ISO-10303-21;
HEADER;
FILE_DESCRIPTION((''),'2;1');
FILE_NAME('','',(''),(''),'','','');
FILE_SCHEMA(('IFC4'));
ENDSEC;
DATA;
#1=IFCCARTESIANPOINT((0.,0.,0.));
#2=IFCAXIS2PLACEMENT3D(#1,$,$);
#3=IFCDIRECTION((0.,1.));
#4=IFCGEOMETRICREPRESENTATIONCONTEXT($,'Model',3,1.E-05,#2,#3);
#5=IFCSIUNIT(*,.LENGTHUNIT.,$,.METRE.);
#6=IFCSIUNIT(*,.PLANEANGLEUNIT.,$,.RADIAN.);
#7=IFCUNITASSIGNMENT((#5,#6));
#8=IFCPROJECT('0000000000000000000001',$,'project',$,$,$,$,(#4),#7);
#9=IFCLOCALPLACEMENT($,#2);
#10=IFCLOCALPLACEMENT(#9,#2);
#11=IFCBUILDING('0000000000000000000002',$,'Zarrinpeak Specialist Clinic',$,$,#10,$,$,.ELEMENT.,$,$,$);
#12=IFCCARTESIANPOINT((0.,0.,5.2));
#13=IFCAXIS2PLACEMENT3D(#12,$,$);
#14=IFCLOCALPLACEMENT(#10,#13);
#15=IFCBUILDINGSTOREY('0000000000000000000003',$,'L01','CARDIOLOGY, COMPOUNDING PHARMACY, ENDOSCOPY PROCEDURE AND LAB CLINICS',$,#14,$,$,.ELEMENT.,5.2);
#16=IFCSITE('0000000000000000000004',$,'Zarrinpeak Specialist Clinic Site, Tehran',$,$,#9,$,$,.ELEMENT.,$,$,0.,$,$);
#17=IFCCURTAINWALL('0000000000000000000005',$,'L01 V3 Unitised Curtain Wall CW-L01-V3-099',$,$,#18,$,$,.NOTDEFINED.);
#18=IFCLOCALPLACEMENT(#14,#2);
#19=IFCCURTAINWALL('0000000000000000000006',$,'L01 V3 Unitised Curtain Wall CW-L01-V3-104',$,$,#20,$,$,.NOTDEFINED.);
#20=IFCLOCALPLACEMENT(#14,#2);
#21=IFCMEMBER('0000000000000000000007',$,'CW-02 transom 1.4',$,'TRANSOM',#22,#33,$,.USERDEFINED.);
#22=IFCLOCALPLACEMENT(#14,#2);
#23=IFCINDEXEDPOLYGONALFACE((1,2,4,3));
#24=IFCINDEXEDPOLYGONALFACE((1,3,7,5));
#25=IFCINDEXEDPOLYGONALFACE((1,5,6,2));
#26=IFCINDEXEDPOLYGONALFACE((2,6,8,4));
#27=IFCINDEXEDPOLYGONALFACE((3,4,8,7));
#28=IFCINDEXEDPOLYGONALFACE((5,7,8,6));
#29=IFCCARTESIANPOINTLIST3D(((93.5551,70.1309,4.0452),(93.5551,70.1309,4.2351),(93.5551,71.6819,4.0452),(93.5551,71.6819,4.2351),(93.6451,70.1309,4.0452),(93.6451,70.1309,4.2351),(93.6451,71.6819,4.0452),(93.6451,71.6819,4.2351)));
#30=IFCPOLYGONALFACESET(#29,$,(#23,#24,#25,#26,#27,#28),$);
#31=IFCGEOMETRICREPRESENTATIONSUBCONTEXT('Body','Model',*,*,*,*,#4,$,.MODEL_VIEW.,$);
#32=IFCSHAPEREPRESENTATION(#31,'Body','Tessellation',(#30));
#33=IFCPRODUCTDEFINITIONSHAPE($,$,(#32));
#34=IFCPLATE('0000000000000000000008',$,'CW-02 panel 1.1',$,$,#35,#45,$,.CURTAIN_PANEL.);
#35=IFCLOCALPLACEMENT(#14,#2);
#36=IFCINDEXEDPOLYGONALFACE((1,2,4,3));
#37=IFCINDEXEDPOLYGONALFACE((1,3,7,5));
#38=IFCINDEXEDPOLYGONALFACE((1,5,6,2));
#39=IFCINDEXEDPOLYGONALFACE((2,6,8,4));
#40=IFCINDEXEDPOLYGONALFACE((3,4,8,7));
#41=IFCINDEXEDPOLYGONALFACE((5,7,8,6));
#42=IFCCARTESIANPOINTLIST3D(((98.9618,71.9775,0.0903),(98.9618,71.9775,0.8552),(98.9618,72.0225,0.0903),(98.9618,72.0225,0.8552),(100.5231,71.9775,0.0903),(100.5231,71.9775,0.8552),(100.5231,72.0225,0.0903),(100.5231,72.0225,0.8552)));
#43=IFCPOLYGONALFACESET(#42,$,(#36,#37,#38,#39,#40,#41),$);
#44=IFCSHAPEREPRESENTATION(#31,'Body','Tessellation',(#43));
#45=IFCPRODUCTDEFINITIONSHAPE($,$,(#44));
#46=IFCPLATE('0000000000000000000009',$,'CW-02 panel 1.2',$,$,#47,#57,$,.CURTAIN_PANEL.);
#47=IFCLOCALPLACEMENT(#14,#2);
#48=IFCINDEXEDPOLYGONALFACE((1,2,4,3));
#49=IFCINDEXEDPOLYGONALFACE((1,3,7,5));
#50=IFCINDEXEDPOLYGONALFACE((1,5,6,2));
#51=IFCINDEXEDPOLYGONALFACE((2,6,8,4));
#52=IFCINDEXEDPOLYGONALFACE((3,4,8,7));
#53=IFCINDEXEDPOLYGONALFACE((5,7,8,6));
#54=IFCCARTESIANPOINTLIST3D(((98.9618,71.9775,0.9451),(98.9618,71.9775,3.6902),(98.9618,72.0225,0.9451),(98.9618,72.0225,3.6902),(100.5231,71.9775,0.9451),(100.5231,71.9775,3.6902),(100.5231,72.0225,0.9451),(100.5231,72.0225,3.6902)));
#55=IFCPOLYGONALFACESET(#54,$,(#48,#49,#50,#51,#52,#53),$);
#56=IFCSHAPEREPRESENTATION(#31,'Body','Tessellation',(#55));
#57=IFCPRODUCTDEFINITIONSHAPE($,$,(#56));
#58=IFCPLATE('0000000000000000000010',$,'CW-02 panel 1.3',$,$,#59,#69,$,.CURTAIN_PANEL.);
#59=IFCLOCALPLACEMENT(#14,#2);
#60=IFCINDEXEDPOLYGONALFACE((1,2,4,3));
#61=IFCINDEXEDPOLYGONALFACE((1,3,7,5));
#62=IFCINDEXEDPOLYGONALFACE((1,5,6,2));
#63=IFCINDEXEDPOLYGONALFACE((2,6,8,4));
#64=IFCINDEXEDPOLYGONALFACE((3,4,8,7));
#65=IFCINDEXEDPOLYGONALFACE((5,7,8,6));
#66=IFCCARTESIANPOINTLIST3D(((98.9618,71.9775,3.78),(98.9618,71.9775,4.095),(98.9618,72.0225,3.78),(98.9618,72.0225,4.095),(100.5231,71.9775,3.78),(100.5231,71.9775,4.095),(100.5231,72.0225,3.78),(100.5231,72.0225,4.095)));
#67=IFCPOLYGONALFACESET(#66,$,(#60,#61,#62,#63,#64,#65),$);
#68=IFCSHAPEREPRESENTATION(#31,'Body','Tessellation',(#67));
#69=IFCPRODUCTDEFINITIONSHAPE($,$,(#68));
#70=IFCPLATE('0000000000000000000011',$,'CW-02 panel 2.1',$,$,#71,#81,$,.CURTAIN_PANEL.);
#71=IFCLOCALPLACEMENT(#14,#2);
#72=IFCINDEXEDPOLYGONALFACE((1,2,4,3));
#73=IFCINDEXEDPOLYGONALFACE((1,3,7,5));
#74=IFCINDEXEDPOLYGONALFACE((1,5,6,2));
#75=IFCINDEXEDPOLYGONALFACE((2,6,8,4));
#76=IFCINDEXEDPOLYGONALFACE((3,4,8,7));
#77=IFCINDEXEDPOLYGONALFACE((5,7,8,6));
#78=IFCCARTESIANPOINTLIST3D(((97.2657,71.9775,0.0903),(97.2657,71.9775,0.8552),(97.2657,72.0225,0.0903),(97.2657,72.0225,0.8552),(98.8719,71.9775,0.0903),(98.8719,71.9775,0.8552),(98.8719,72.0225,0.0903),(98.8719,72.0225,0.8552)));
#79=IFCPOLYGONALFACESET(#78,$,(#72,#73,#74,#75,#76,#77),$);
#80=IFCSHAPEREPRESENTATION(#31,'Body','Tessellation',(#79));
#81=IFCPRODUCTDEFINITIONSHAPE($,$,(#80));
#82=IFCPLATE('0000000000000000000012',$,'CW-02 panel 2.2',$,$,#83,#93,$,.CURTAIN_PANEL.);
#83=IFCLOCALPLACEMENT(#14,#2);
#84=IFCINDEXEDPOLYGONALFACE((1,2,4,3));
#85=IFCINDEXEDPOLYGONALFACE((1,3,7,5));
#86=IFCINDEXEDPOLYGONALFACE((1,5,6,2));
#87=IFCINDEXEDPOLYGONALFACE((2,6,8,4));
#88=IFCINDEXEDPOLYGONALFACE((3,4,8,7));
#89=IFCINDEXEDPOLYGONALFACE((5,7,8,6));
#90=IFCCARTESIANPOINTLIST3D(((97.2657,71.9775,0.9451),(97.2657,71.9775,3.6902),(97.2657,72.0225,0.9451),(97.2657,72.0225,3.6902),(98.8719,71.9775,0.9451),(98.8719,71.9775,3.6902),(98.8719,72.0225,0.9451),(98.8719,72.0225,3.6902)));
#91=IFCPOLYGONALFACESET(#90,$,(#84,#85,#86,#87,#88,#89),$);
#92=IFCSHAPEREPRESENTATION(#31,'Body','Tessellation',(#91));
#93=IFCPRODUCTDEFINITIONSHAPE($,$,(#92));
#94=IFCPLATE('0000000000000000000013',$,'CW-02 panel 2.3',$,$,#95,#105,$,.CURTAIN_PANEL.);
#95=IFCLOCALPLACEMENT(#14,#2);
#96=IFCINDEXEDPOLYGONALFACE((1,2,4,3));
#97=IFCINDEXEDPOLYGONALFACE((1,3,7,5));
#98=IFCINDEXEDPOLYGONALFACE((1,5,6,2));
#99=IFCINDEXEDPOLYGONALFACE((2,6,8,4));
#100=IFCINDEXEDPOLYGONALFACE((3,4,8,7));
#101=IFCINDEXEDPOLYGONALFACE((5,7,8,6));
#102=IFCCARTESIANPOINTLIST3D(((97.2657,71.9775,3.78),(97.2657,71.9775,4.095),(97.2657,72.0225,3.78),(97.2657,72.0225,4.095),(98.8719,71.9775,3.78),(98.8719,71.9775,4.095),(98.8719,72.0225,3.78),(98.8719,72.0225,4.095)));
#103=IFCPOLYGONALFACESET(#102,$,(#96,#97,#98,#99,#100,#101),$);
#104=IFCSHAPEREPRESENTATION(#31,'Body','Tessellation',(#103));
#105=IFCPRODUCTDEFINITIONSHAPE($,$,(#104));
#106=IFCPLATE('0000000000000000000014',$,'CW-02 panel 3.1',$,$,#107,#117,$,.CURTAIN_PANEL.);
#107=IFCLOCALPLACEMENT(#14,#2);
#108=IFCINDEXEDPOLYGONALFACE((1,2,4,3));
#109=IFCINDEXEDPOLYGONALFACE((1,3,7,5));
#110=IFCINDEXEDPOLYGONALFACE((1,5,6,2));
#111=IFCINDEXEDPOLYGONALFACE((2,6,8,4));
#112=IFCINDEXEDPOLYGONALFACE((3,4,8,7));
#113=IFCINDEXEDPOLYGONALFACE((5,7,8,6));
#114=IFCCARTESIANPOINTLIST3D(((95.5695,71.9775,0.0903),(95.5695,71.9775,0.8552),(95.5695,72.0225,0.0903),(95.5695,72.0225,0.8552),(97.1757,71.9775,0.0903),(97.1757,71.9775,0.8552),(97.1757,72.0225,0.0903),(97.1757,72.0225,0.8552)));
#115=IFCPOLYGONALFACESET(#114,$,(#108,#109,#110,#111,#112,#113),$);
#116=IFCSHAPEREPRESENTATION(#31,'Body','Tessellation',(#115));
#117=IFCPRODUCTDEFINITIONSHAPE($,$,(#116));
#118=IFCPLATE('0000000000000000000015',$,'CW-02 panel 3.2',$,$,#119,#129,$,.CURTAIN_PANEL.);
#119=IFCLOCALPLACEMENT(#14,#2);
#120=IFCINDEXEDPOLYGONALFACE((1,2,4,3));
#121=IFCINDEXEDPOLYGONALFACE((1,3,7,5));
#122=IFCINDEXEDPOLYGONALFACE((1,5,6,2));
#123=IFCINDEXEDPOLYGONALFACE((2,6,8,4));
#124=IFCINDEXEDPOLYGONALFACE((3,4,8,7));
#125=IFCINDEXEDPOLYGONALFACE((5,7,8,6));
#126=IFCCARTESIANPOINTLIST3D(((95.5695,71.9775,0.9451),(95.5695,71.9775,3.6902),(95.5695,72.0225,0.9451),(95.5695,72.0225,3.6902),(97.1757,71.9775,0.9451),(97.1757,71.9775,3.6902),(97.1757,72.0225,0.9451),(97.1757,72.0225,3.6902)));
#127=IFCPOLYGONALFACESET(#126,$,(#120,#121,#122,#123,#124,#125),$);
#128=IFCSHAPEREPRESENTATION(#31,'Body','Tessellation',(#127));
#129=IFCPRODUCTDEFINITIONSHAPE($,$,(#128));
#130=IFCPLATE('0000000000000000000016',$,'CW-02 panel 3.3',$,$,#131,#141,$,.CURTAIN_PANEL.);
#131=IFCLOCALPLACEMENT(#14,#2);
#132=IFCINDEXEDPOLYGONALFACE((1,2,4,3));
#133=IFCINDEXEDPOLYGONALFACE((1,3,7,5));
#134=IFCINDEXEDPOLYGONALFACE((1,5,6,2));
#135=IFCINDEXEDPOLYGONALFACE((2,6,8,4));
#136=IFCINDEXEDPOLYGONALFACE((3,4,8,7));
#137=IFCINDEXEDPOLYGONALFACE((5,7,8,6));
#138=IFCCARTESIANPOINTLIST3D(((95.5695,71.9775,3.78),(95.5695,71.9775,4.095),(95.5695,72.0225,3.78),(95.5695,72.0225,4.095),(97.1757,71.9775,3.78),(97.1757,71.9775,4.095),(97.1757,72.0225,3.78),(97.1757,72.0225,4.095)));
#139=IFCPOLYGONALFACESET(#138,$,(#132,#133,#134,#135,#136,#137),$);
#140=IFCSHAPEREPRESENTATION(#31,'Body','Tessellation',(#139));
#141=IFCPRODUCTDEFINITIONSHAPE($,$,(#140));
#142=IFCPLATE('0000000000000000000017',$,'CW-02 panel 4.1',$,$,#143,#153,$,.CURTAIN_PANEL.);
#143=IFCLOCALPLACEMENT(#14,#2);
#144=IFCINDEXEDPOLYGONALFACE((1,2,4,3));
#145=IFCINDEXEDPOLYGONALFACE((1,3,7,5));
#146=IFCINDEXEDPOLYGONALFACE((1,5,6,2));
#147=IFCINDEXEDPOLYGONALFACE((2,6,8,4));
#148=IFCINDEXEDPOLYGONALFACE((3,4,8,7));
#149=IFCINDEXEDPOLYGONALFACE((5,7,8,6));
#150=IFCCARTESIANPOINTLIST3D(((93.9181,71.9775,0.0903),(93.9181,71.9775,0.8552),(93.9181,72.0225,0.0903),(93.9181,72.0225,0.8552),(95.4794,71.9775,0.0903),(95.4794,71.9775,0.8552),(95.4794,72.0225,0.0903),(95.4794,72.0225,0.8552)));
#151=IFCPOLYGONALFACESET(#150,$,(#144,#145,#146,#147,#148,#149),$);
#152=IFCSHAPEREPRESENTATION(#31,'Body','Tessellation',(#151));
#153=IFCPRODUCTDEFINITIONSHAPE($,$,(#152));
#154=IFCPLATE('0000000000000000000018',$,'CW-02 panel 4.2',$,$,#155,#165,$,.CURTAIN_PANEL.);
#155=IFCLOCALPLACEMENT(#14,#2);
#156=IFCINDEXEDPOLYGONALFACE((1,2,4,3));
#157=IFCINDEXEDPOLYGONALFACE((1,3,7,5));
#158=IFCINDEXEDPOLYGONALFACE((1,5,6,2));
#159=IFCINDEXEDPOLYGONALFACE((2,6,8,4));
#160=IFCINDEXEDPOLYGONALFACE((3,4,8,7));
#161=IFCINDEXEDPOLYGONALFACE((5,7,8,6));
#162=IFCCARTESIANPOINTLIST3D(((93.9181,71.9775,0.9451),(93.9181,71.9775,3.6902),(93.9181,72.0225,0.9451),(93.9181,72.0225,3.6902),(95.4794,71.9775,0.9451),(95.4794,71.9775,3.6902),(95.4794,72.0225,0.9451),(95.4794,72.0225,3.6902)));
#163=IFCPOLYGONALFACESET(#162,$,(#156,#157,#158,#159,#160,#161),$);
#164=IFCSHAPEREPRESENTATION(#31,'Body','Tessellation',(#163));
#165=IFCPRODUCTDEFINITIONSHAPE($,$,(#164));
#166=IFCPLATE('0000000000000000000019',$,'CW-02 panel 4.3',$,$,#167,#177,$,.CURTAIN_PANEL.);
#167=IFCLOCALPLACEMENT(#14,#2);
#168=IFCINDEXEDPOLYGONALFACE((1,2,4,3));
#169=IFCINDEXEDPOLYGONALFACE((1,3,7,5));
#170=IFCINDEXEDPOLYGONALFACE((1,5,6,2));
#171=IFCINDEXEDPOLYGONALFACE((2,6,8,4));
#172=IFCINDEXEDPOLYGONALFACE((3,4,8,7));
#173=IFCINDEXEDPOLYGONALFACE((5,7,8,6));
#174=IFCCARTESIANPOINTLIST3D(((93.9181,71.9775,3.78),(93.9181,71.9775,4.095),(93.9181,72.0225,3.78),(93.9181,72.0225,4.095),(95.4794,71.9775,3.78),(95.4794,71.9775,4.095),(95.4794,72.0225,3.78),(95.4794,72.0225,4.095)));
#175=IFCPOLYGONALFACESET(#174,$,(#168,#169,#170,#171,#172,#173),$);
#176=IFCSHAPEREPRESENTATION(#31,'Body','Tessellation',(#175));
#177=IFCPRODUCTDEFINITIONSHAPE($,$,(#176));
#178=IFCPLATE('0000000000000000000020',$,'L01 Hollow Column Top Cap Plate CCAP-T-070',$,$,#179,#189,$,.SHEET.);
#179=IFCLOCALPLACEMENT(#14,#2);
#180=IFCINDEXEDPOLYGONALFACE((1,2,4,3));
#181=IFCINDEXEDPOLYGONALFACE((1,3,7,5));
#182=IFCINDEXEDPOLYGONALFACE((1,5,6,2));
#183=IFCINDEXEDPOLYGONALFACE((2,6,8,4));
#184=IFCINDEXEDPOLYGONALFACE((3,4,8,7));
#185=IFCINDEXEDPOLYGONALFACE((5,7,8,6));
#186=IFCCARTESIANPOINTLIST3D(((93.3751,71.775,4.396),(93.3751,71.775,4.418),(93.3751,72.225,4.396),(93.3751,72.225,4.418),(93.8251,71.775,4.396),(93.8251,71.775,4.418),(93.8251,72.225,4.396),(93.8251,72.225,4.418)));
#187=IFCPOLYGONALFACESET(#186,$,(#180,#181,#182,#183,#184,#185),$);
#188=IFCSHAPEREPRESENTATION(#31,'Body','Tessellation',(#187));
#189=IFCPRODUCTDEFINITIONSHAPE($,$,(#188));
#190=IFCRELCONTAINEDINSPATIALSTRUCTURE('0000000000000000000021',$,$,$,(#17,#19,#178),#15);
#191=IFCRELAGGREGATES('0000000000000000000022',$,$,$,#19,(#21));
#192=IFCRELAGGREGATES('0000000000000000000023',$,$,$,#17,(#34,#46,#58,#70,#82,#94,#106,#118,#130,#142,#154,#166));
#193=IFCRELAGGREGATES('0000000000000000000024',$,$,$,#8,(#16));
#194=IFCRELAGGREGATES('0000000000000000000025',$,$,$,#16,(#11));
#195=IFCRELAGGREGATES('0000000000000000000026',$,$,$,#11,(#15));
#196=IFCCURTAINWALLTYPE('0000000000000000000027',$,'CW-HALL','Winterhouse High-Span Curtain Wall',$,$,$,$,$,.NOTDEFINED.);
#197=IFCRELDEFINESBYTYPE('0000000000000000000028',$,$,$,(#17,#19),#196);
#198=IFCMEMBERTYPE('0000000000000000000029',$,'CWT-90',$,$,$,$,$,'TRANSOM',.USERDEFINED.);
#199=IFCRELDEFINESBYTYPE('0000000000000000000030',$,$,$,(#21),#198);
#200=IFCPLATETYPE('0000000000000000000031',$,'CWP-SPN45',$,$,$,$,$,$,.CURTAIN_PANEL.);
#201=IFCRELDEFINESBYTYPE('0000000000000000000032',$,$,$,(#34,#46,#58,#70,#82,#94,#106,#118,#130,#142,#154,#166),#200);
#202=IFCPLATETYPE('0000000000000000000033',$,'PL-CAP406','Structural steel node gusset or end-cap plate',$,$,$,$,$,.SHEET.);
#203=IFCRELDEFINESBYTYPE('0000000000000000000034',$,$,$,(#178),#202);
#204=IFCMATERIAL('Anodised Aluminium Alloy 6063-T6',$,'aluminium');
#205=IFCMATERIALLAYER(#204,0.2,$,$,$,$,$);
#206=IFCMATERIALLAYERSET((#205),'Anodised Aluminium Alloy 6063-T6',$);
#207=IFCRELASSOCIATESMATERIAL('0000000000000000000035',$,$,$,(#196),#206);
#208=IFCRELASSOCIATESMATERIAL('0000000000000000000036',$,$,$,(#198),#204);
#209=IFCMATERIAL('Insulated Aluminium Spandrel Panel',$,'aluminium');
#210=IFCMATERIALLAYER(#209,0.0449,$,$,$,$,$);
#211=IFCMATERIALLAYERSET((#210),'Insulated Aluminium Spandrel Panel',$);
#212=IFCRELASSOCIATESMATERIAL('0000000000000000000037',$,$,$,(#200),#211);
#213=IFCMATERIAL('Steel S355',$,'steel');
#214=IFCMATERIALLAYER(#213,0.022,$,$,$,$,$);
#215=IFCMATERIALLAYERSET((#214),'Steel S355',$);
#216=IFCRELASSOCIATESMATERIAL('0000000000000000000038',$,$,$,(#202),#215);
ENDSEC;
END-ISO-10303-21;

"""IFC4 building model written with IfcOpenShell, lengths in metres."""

from ifc_helpers import new_model, si_unit, direction, frame, origin, origin_2d, place, context, subcontext, project, spatial, rectangle, extrude, material, layer, layer_set, material_profile, profile_set, type_object, element, aggregate, save


model = new_model("IFC4")

# Units and contexts
model_context = context("Model", 3, precision=1e-05, world=origin(), true_north=direction((0.0, 1.0)))
body_context = subcontext(model_context, "Body", "Model", "MODEL_VIEW")
ifc_project = project(units=[si_unit("LENGTHUNIT", "METRE"), si_unit("PLANEANGLEUNIT", "RADIAN")], contexts=[model_context])

# Site, building, storey
site_placement = place(None, origin())
site = spatial("IfcSite", under=ifc_project, at=site_placement, Name="Zarrinpeak Specialist Clinic Site, Tehran", CompositionType="ELEMENT", RefElevation=0.0)
building_placement = place(site_placement, origin())
building = spatial("IfcBuilding", under=site, at=building_placement, Name="Zarrinpeak Specialist Clinic", CompositionType="ELEMENT")
storey_placement = place(building_placement, frame((0.0, 0.0, 5.2)))
storey = spatial("IfcBuildingStorey", under=building, at=storey_placement, Name="L01", Description="CARDIOLOGY, COMPOUNDING PHARMACY, ENDOSCOPY PROCEDURE AND LAB CLINICS", CompositionType="ELEMENT", Elevation=5.2)

# Shared definitions
ifc_material_1 = material(Name="Steel S355", Category="steel")

# Curtain wall
ifc_material_2 = material(Name="Anodised Aluminium Alloy 6063-T6", Category="aluminium")
ifc_layer_1 = layer(ifc_material_2, 0.2)
ifc_layer_set_1 = layer_set([ifc_layer_1], Name="Anodised Aluminium Alloy 6063-T6")
curtain_wall_type = type_object("IfcCurtainWallType", Name="CW-HALL", Description="Winterhouse High-Span Curtain Wall", PredefinedType="NOTDEFINED", material=ifc_layer_set_1)
curtain_wall_1_placement = place(storey_placement, origin())
curtain_wall_1 = element("IfcCurtainWall", 1, at=curtain_wall_1_placement, inside=storey, type_object=curtain_wall_type, Name="L01 V3 Unitised Curtain Wall CW-L01-V3-099", PredefinedType="NOTDEFINED")

# Curtain wall
curtain_wall_2_placement = place(storey_placement, origin())
curtain_wall_2 = element("IfcCurtainWall", 2, at=curtain_wall_2_placement, inside=storey, type_object=curtain_wall_type, Name="L01 V3 Unitised Curtain Wall CW-L01-V3-104", PredefinedType="NOTDEFINED")

# Member
ifc_material_profile_1 = material_profile(ifc_material_2, rectangle(XDim=0.0901, YDim=0.1899, at=origin_2d()), Name="ALU 90x190")
ifc_profile_set_1 = profile_set([ifc_material_profile_1], Name="Anodised Aluminium Alloy 6063-T6")
member_type_1 = type_object("IfcMemberType", Name="CWT-90", ElementType="TRANSOM", PredefinedType="USERDEFINED", material=ifc_profile_set_1)
member_1_placement = place(storey_placement, frame((93.6001, 71.6819, 4.1401), z_axis=(0.0, -1.0, 0.0), x_axis=(1.0, 0.0, 0.0)))
member_1 = element("IfcMember", 3, at=member_1_placement, type_object=member_type_1, Name="CW-02 transom 1.4", ObjectType="TRANSOM", PredefinedType="USERDEFINED", context=body_context, shape_type="SweptSolid", body=[
    extrude(rectangle(XDim=0.0901, YDim=0.1899, at=origin_2d()), origin(), (0.0, 0.0, 1.0), 1.551),
])
aggregate(curtain_wall_2, [member_1])

# Plates
ifc_material_3 = material(Name="Insulated Aluminium Spandrel Panel", Category="aluminium")
ifc_layer_2 = layer(ifc_material_3, 0.0449)
ifc_layer_set_2 = layer_set([ifc_layer_2], Name="Insulated Aluminium Spandrel Panel")
plate_type_1 = type_object("IfcPlateType", Name="CWP-SPN45", PredefinedType="CURTAIN_PANEL", material=ifc_layer_set_2)
plate_1_placement = place(storey_placement, frame((99.7424, 72.0, 0.0903), z_axis=(0.0, 0.0, 1.0), x_axis=(-1.0, 0.0, 0.0)))
plate_1 = element("IfcPlate", 4, at=plate_1_placement, type_object=plate_type_1, Name="CW-02 panel 1.1", PredefinedType="CURTAIN_PANEL", context=body_context, shape_type="SweptSolid", body=[
    extrude(rectangle(XDim=1.5613, YDim=0.0449, at=origin_2d()), origin(), (0.0, 0.0, 1.0), 0.7649),
])
plate_2_placement = place(storey_placement, frame((99.7424, 72.0, 0.9451), z_axis=(0.0, 0.0, 1.0), x_axis=(-1.0, 0.0, 0.0)))
plate_2 = element("IfcPlate", 5, at=plate_2_placement, type_object=plate_type_1, Name="CW-02 panel 1.2", PredefinedType="CURTAIN_PANEL", context=body_context, shape_type="SweptSolid", body=[
    extrude(rectangle(XDim=1.5613, YDim=0.0449, at=origin_2d()), origin(), (0.0, 0.0, 1.0), 2.7451),
])
plate_3_placement = place(storey_placement, frame((99.7424, 72.0, 3.78), z_axis=(0.0, 0.0, 1.0), x_axis=(-1.0, 0.0, 0.0)))
plate_3 = element("IfcPlate", 6, at=plate_3_placement, type_object=plate_type_1, Name="CW-02 panel 1.3", PredefinedType="CURTAIN_PANEL", context=body_context, shape_type="SweptSolid", body=[
    extrude(rectangle(XDim=1.5613, YDim=0.0449, at=origin_2d()), origin(), (0.0, 0.0, 1.0), 0.3149),
])
plate_4_placement = place(storey_placement, frame((98.0688, 72.0, 0.0903), z_axis=(0.0, 0.0, 1.0), x_axis=(-1.0, 0.0, 0.0)))
plate_4 = element("IfcPlate", 7, at=plate_4_placement, type_object=plate_type_1, Name="CW-02 panel 2.1", PredefinedType="CURTAIN_PANEL", context=body_context, shape_type="SweptSolid", body=[
    extrude(rectangle(XDim=1.6062, YDim=0.0449, at=origin_2d()), origin(), (0.0, 0.0, 1.0), 0.7649),
])
plate_5_placement = place(storey_placement, frame((98.0688, 72.0, 0.9451), z_axis=(0.0, 0.0, 1.0), x_axis=(-1.0, 0.0, 0.0)))
plate_5 = element("IfcPlate", 8, at=plate_5_placement, type_object=plate_type_1, Name="CW-02 panel 2.2", PredefinedType="CURTAIN_PANEL", context=body_context, shape_type="SweptSolid", body=[
    extrude(rectangle(XDim=1.6062, YDim=0.0449, at=origin_2d()), origin(), (0.0, 0.0, 1.0), 2.7451),
])
plate_6_placement = place(storey_placement, frame((98.0688, 72.0, 3.78), z_axis=(0.0, 0.0, 1.0), x_axis=(-1.0, 0.0, 0.0)))
plate_6 = element("IfcPlate", 9, at=plate_6_placement, type_object=plate_type_1, Name="CW-02 panel 2.3", PredefinedType="CURTAIN_PANEL", context=body_context, shape_type="SweptSolid", body=[
    extrude(rectangle(XDim=1.6062, YDim=0.0449, at=origin_2d()), origin(), (0.0, 0.0, 1.0), 0.3149),
])
plate_7_placement = place(storey_placement, frame((96.3726, 72.0, 0.0903), z_axis=(0.0, 0.0, 1.0), x_axis=(-1.0, 0.0, 0.0)))
plate_7 = element("IfcPlate", 10, at=plate_7_placement, type_object=plate_type_1, Name="CW-02 panel 3.1", PredefinedType="CURTAIN_PANEL", context=body_context, shape_type="SweptSolid", body=[
    extrude(rectangle(XDim=1.6062, YDim=0.0449, at=origin_2d()), origin(), (0.0, 0.0, 1.0), 0.7649),
])
plate_8_placement = place(storey_placement, frame((96.3726, 72.0, 0.9451), z_axis=(0.0, 0.0, 1.0), x_axis=(-1.0, 0.0, 0.0)))
plate_8 = element("IfcPlate", 11, at=plate_8_placement, type_object=plate_type_1, Name="CW-02 panel 3.2", PredefinedType="CURTAIN_PANEL", context=body_context, shape_type="SweptSolid", body=[
    extrude(rectangle(XDim=1.6062, YDim=0.0449, at=origin_2d()), origin(), (0.0, 0.0, 1.0), 2.7451),
])
plate_9_placement = place(storey_placement, frame((96.3726, 72.0, 3.78), z_axis=(0.0, 0.0, 1.0), x_axis=(-1.0, 0.0, 0.0)))
plate_9 = element("IfcPlate", 12, at=plate_9_placement, type_object=plate_type_1, Name="CW-02 panel 3.3", PredefinedType="CURTAIN_PANEL", context=body_context, shape_type="SweptSolid", body=[
    extrude(rectangle(XDim=1.6062, YDim=0.0449, at=origin_2d()), origin(), (0.0, 0.0, 1.0), 0.3149),
])
plate_10_placement = place(storey_placement, frame((94.6987, 72.0, 0.0903), z_axis=(0.0, 0.0, 1.0), x_axis=(-1.0, 0.0, 0.0)))
plate_10 = element("IfcPlate", 13, at=plate_10_placement, type_object=plate_type_1, Name="CW-02 panel 4.1", PredefinedType="CURTAIN_PANEL", context=body_context, shape_type="SweptSolid", body=[
    extrude(rectangle(XDim=1.5613, YDim=0.0449, at=origin_2d()), origin(), (0.0, 0.0, 1.0), 0.7649),
])
plate_11_placement = place(storey_placement, frame((94.6987, 72.0, 0.9451), z_axis=(0.0, 0.0, 1.0), x_axis=(-1.0, 0.0, 0.0)))
plate_11 = element("IfcPlate", 14, at=plate_11_placement, type_object=plate_type_1, Name="CW-02 panel 4.2", PredefinedType="CURTAIN_PANEL", context=body_context, shape_type="SweptSolid", body=[
    extrude(rectangle(XDim=1.5613, YDim=0.0449, at=origin_2d()), origin(), (0.0, 0.0, 1.0), 2.7451),
])
plate_12_placement = place(storey_placement, frame((94.6987, 72.0, 3.78), z_axis=(0.0, 0.0, 1.0), x_axis=(-1.0, 0.0, 0.0)))
plate_12 = element("IfcPlate", 15, at=plate_12_placement, type_object=plate_type_1, Name="CW-02 panel 4.3", PredefinedType="CURTAIN_PANEL", context=body_context, shape_type="SweptSolid", body=[
    extrude(rectangle(XDim=1.5613, YDim=0.0449, at=origin_2d()), origin(), (0.0, 0.0, 1.0), 0.3149),
])
aggregate(curtain_wall_1, [plate_1, plate_2, plate_3, plate_4, plate_5, plate_6, plate_7, plate_8, plate_9, plate_10, plate_11, plate_12])
ifc_layer_3 = layer(ifc_material_1, 0.022)
ifc_layer_set_3 = layer_set([ifc_layer_3], Name="Steel S355")
plate_type_2 = type_object("IfcPlateType", Name="PL-CAP406", Description="Structural steel node gusset or end-cap plate", PredefinedType="SHEET", material=ifc_layer_set_3)
plate_13_placement = place(storey_placement, frame((93.6001, 72.0, 4.396), z_axis=(0.0, 0.0, 1.0), x_axis=(1.0, 0.0, 0.0)))
element("IfcPlate", 16, at=plate_13_placement, inside=storey, type_object=plate_type_2, Name="L01 Hollow Column Top Cap Plate CCAP-T-070", PredefinedType="SHEET", context=body_context, shape_type="SweptSolid", body=[
    extrude(rectangle(XDim=0.45, YDim=0.45, at=origin_2d()), origin(), (0.0, 0.0, 1.0), 0.022),
])

save(model, "model.ifc")
